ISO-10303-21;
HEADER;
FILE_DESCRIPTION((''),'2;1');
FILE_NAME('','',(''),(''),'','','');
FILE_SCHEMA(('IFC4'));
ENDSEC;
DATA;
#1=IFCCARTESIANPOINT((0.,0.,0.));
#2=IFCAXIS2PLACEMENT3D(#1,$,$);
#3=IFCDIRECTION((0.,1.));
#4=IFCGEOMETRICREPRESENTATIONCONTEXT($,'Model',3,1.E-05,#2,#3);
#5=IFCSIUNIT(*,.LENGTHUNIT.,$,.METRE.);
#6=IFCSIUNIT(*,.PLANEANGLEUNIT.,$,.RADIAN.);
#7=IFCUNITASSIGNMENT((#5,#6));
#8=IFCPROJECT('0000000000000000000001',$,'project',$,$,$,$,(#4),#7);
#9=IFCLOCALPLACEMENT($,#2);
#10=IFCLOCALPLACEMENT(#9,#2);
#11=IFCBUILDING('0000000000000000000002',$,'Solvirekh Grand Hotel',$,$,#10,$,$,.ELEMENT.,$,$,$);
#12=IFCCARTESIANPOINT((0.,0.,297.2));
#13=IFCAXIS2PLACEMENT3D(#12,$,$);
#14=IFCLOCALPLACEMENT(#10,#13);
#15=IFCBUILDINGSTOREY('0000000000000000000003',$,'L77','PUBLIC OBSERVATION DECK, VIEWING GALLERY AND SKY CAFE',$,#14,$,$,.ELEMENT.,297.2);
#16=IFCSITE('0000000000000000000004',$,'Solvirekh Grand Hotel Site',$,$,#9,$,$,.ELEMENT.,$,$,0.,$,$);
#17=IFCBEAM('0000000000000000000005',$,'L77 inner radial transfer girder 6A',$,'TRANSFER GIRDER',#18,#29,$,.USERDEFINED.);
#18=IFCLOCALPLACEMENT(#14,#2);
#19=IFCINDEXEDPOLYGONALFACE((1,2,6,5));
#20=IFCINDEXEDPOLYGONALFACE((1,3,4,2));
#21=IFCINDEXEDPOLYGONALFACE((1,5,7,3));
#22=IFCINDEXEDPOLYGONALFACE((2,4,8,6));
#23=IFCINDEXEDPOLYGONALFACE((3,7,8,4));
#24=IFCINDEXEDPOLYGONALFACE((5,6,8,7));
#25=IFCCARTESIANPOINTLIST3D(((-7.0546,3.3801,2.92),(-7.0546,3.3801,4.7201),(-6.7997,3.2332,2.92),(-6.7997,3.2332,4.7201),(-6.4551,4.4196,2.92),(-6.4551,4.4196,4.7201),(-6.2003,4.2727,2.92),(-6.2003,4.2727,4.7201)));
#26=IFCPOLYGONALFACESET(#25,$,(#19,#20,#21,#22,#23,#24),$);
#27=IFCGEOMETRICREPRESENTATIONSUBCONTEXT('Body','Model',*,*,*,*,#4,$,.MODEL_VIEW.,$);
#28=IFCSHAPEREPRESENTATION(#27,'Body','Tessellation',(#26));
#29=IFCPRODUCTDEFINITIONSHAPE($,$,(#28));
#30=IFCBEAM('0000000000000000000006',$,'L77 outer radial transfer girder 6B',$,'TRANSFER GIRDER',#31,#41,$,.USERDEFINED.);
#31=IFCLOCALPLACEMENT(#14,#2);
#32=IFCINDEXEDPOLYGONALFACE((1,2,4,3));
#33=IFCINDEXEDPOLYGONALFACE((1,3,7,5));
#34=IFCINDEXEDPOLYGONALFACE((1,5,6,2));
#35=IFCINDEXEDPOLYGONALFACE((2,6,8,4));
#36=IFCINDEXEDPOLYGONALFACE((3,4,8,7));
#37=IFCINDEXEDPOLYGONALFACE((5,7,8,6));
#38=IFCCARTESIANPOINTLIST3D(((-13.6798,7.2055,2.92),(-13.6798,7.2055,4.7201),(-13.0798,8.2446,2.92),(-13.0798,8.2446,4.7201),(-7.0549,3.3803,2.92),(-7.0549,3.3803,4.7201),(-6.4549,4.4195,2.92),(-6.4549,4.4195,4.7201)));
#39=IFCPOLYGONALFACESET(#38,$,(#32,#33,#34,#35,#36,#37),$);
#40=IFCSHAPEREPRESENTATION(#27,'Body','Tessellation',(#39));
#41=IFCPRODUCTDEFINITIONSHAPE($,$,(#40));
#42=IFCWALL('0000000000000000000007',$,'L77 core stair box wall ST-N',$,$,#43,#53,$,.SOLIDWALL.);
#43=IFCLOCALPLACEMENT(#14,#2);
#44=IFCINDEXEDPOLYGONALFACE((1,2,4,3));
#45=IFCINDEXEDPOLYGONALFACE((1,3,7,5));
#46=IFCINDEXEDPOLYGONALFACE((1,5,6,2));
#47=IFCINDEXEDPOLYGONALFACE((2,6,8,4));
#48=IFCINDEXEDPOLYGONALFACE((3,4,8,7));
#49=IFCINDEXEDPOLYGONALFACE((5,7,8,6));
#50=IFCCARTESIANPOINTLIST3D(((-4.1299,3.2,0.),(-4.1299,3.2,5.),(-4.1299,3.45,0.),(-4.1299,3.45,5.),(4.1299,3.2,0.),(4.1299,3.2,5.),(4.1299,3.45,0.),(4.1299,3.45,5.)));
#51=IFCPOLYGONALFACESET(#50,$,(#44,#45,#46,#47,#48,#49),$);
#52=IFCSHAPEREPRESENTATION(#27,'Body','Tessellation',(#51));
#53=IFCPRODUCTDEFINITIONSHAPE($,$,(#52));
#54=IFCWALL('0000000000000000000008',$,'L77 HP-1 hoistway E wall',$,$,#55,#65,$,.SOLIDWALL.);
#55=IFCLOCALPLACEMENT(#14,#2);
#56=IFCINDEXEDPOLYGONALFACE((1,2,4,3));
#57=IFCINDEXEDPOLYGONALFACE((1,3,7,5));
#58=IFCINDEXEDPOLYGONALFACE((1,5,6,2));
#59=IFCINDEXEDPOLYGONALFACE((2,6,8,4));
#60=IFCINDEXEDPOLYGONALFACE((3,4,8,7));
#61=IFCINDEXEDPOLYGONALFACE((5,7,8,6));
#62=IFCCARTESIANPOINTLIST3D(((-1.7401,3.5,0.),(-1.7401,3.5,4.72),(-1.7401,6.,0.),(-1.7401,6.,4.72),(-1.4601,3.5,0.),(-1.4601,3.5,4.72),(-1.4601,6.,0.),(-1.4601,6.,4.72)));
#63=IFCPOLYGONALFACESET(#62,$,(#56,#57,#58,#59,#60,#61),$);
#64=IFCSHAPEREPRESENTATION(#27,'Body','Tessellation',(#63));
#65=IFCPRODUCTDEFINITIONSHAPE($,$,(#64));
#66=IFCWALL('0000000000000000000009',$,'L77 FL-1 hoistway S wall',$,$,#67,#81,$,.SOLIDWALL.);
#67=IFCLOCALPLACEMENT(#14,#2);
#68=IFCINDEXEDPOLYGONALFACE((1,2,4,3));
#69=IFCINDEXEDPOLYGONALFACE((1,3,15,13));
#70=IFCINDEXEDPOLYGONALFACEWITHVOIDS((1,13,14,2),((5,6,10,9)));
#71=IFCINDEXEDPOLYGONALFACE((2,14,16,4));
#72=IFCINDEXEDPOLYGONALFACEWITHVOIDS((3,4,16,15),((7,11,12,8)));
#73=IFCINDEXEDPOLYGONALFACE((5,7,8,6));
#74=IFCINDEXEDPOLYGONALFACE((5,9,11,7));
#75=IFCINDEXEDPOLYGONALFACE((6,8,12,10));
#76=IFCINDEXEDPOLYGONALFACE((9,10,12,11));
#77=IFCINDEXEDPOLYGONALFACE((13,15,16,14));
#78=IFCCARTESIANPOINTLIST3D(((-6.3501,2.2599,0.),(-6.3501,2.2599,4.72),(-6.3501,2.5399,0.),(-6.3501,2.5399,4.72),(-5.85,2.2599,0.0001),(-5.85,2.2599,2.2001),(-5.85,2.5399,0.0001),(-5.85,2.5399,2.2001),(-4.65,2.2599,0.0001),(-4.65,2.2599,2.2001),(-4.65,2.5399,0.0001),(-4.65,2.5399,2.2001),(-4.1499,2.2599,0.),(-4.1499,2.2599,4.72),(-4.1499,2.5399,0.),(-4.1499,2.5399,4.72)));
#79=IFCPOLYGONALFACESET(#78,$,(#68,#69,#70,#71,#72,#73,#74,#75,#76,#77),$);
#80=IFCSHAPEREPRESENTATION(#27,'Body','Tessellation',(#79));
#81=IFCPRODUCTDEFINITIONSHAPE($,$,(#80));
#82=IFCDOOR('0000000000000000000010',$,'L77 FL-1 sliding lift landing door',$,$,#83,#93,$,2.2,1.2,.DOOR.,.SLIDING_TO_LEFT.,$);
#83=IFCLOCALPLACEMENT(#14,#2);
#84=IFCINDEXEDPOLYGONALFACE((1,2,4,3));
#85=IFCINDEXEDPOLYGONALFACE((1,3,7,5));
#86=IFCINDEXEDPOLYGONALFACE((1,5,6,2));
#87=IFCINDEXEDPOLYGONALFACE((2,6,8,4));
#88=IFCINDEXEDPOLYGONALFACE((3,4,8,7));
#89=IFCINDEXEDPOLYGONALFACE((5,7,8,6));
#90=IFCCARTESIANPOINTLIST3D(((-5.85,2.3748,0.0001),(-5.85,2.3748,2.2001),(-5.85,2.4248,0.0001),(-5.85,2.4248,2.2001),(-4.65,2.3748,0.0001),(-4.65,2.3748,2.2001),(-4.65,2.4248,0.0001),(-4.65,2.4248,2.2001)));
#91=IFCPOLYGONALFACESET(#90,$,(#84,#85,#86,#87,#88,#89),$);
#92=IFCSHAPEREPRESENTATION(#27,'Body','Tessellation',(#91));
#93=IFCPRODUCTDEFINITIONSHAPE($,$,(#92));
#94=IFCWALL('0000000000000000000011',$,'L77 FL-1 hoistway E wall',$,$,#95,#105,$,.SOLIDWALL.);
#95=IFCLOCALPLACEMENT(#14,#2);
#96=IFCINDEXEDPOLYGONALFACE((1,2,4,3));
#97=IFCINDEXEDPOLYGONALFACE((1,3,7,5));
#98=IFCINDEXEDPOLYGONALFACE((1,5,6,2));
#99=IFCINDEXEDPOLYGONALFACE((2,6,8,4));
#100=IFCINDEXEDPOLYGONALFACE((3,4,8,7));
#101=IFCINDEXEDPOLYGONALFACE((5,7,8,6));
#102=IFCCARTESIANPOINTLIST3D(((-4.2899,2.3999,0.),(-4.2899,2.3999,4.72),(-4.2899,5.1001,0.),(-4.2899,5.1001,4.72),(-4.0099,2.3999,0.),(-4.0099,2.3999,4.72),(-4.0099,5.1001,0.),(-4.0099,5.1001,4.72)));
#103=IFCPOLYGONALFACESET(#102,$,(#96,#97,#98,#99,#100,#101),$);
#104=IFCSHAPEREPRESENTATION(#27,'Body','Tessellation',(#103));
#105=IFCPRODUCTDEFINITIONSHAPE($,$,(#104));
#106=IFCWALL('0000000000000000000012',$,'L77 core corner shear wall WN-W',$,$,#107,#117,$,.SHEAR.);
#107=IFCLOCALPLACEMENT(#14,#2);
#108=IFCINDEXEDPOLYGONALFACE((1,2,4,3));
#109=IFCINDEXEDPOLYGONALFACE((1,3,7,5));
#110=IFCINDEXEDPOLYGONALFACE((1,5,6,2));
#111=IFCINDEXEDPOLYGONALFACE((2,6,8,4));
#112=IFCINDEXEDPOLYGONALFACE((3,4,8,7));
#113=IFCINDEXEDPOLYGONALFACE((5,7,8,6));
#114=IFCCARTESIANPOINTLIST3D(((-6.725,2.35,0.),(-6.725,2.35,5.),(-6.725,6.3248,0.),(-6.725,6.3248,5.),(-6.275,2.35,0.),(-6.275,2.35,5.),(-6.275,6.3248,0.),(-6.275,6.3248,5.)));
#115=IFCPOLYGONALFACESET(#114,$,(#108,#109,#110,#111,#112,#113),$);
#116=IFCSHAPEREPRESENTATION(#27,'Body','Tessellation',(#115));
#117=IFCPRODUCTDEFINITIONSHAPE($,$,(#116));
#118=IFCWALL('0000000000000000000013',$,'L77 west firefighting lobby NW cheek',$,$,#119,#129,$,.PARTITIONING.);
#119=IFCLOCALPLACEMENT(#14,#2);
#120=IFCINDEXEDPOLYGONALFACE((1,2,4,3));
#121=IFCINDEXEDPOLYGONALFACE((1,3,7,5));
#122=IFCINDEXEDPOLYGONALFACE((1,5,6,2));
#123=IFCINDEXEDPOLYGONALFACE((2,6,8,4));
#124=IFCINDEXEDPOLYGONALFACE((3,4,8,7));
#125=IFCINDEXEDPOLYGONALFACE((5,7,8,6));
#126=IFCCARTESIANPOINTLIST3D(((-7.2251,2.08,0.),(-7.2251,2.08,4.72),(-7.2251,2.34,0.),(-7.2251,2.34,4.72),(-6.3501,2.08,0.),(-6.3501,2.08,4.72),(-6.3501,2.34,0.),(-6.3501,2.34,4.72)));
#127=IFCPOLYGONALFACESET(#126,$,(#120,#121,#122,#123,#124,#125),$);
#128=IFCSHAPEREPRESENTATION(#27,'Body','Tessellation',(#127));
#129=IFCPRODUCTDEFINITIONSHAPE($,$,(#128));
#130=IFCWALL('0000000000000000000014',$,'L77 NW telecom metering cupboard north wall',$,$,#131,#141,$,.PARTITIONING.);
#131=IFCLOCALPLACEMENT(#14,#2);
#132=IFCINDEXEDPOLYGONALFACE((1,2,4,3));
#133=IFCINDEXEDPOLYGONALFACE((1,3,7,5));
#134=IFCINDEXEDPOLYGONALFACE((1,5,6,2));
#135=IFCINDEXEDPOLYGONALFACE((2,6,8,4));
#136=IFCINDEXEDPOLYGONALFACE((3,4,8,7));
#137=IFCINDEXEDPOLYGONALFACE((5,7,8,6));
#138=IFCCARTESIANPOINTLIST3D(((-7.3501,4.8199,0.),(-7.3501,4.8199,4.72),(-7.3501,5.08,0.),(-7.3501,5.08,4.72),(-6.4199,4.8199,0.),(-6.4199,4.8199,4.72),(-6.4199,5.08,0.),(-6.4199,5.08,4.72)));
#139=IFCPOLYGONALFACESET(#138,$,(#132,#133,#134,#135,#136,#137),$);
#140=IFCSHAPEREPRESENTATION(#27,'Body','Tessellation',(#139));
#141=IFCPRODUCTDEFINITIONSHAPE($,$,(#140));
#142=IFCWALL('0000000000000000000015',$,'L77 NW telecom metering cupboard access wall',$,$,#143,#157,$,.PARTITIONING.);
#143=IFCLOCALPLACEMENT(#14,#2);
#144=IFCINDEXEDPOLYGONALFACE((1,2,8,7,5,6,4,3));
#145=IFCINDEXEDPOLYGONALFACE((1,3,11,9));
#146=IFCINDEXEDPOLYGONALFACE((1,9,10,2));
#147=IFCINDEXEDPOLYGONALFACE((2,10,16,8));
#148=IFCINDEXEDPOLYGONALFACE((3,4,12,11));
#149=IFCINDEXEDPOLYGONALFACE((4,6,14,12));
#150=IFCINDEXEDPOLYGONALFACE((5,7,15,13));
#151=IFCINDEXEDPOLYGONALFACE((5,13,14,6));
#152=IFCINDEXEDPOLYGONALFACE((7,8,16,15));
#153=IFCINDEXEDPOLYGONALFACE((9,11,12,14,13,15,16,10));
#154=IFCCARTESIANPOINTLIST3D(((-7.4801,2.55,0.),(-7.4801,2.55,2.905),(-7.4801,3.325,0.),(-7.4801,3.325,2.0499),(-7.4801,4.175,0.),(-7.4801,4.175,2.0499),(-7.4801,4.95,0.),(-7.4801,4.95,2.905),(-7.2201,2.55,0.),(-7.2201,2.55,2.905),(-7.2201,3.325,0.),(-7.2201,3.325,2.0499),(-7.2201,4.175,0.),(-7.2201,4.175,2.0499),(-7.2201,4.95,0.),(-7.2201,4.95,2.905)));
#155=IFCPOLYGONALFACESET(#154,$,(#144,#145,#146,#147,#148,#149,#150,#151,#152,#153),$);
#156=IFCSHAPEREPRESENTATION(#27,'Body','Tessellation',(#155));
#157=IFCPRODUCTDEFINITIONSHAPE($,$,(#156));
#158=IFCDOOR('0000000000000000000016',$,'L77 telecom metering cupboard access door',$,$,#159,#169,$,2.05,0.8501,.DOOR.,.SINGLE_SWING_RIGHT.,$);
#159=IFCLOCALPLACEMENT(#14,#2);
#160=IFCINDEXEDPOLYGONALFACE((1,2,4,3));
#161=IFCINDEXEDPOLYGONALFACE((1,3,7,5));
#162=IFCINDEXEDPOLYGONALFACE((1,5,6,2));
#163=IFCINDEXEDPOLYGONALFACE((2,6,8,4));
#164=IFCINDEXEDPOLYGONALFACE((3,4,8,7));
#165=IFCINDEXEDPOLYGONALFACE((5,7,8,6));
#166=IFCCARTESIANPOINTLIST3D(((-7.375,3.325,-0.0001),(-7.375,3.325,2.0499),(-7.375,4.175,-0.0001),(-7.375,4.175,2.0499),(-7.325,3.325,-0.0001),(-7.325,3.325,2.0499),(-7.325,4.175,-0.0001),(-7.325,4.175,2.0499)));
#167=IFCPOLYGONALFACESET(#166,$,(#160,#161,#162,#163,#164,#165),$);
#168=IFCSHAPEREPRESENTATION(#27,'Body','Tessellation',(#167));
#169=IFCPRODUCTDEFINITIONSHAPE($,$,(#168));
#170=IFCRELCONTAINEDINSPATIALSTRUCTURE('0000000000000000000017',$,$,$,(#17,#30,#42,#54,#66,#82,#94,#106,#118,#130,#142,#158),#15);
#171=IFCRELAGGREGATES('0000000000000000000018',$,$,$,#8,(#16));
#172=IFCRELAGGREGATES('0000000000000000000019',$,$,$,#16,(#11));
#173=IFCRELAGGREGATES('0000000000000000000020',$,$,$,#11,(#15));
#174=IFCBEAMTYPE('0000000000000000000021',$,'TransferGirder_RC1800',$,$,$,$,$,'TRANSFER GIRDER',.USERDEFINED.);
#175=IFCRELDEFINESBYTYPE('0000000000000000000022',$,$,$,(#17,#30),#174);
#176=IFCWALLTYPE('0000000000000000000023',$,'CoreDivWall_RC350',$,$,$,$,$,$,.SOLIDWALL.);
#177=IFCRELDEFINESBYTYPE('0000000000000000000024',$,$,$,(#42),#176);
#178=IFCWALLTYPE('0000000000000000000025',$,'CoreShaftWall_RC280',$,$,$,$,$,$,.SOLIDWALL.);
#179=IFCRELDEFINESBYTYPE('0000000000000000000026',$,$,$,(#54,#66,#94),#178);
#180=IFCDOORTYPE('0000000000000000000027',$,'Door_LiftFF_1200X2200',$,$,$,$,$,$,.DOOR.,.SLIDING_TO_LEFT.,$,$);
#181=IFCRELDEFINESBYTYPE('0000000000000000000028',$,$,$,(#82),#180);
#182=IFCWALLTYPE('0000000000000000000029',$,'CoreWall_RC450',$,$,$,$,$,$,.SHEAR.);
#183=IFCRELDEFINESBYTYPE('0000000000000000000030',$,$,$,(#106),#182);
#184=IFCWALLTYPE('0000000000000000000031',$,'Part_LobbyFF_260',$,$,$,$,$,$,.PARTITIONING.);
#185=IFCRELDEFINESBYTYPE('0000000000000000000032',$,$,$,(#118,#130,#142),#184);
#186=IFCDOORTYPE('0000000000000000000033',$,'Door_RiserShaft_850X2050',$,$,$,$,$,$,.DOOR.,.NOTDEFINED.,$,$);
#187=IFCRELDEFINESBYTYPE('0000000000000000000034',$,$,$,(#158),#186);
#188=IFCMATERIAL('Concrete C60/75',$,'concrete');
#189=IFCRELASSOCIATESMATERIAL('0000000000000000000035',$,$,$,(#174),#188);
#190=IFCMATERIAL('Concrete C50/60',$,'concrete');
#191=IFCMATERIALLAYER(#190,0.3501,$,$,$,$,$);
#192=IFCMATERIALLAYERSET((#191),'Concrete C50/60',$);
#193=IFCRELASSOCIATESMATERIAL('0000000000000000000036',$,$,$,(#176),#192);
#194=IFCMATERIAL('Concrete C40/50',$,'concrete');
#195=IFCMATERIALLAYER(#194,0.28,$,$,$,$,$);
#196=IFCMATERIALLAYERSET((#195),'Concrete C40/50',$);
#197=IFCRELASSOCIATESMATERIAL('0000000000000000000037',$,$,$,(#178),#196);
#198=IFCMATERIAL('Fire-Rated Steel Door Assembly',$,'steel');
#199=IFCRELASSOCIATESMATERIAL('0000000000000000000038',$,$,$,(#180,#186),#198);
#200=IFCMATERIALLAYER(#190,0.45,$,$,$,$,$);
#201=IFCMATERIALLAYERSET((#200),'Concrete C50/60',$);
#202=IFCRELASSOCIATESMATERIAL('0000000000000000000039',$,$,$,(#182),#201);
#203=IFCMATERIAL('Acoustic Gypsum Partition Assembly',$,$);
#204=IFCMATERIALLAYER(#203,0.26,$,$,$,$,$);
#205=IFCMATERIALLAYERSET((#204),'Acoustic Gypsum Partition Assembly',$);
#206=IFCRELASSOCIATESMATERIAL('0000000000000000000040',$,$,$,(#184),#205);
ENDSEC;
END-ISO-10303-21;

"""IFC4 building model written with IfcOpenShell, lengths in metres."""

from ifc_helpers import new_model, si_unit, direction, frame, frame_2d, origin, origin_2d, place, context, subcontext, project, spatial, rectangle, extrude, material, layer, layer_set, material_profile, profile_set, type_object, element, fill, save


model = new_model("IFC4")

# Units and contexts
model_context = context("Model", 3, precision=1e-05, world=origin(), true_north=direction((0.0, 1.0)))
body_context = subcontext(model_context, "Body", "Model", "MODEL_VIEW")
ifc_project = project(units=[si_unit("LENGTHUNIT", "METRE"), si_unit("PLANEANGLEUNIT", "RADIAN")], contexts=[model_context])

# Site, building, storey
site_placement = place(None, origin())
site = spatial("IfcSite", under=ifc_project, at=site_placement, Name="Solvirekh Grand Hotel Site", CompositionType="ELEMENT", RefElevation=0.0)
building_placement = place(site_placement, origin())
building = spatial("IfcBuilding", under=site, at=building_placement, Name="Solvirekh Grand Hotel", CompositionType="ELEMENT")
storey_placement = place(building_placement, frame((0.0, 0.0, 297.2)))
storey = spatial("IfcBuildingStorey", under=building, at=storey_placement, Name="L77", Description="PUBLIC OBSERVATION DECK, VIEWING GALLERY AND SKY CAFE", CompositionType="ELEMENT", Elevation=297.2)

# Beams
ifc_material_1 = material(Name="Concrete C60/75", Category="concrete")
ifc_material_profile = material_profile(ifc_material_1, rectangle(XDim=1.2, YDim=1.8, at=origin_2d()), Name="RC GIRDER 1200X1800")
ifc_profile_set = profile_set([ifc_material_profile], Name="Concrete C60/75")
beam_type = type_object("IfcBeamType", Name="TransferGirder_RC1800", ElementType="TRANSFER GIRDER", PredefinedType="USERDEFINED", material=ifc_profile_set)
beam_1_placement = place(storey_placement, frame((-6.5, 3.7529, 3.8201), z_axis=(-0.866296, 0.499531, 0.0), x_axis=(-0.499531, -0.866296, 0.0)))
element("IfcBeam", 1, at=beam_1_placement, inside=storey, type_object=beam_type, Name="L77 inner radial transfer girder 6A", ObjectType="TRANSFER GIRDER", PredefinedType="USERDEFINED", context=body_context, shape_type="SweptSolid", body=[
    extrude(rectangle(XDim=1.2, YDim=1.8, at=origin_2d()), origin(), (0.0, 0.0, 1.0), 0.2942),
])
beam_2_placement = place(storey_placement, frame((-6.7549, 3.8999, 3.8201), z_axis=(-0.866011, 0.500024, 0.0), x_axis=(-0.500024, -0.866011, 0.0)))
element("IfcBeam", 2, at=beam_2_placement, inside=storey, type_object=beam_type, Name="L77 outer radial transfer girder 6B", ObjectType="TRANSFER GIRDER", PredefinedType="USERDEFINED", context=body_context, shape_type="SweptSolid", body=[
    extrude(rectangle(XDim=1.2, YDim=1.8, at=origin_2d()), origin(), (0.0, 0.0, 1.0), 7.6499),
])

# Walls
ifc_material_2 = material(Name="Concrete C50/60", Category="concrete")
ifc_layer_1 = layer(ifc_material_2, 0.3501)
ifc_layer_set_1 = layer_set([ifc_layer_1], Name="Concrete C50/60")
wall_type_1 = type_object("IfcWallType", Name="CoreDivWall_RC350", PredefinedType="SOLIDWALL", material=ifc_layer_set_1)
wall_1_placement = place(storey_placement, frame((-4.1299, 3.325, 0.0), z_axis=(0.0, 0.0, 1.0), x_axis=(1.0, 0.0, 0.0)))
element("IfcWall", 3, at=wall_1_placement, inside=storey, type_object=wall_type_1, Name="L77 core stair box wall ST-N", PredefinedType="SOLIDWALL", context=body_context, shape_type="SweptSolid", body=[
    extrude(rectangle(XDim=8.2598, YDim=0.25, at=frame_2d((4.1299, 0.0))), origin(), (0.0, 0.0, 1.0), 5.0),
])
ifc_material_3 = material(Name="Concrete C40/50", Category="concrete")
ifc_layer_2 = layer(ifc_material_3, 0.28)
ifc_layer_set_2 = layer_set([ifc_layer_2], Name="Concrete C40/50")
wall_type_2 = type_object("IfcWallType", Name="CoreShaftWall_RC280", PredefinedType="SOLIDWALL", material=ifc_layer_set_2)
wall_2_placement = place(storey_placement, frame((-1.6001, 3.5, 0.0), z_axis=(0.0, 0.0, 1.0), x_axis=(0.0, 1.0, 0.0)))
element("IfcWall", 4, at=wall_2_placement, inside=storey, type_object=wall_type_2, Name="L77 HP-1 hoistway E wall", PredefinedType="SOLIDWALL", context=body_context, shape_type="SweptSolid", body=[
    extrude(rectangle(XDim=2.5, YDim=0.28, at=frame_2d((1.25, 0.0))), origin(), (0.0, 0.0, 1.0), 4.72),
])

# Wall, opening, door
wall_3_placement = place(storey_placement, frame((-6.3501, 2.3999, 0.0), z_axis=(0.0, 0.0, 1.0), x_axis=(1.0, 0.0, 0.0)))
wall_3 = element("IfcWall", 5, at=wall_3_placement, inside=storey, type_object=wall_type_2, Name="L77 FL-1 hoistway S wall", PredefinedType="SOLIDWALL", context=body_context, shape_type="SweptSolid", body=[
    extrude(rectangle(XDim=2.2002, YDim=0.28, at=frame_2d((1.1001, 0.0))), origin(), (0.0, 0.0, 1.0), 4.72),
])
opening_1_placement = place(wall_3_placement, frame((0.5, 0.0, 0.0)))
opening_1 = element("IfcOpeningElement", 6, at=opening_1_placement, cuts=wall_3, PredefinedType="OPENING", context=body_context, shape_type="SweptSolid", body=[
    extrude(rectangle(XDim=1.2, YDim=2.2, at=frame_2d((0.6001, 1.1001))), frame((0.0, 0.1499, 0.0), z_axis=(0.0, -1.0, 0.0), x_axis=(1.0, 0.0, 0.0)), (0.0, 0.0, 1.0), 0.3),
])
ifc_material_4 = material(Name="Fire-Rated Steel Door Assembly", Category="steel")
door_type_1 = type_object("IfcDoorType", Name="Door_LiftFF_1200X2200", OperationType="SLIDING_TO_LEFT", PredefinedType="DOOR", material=ifc_material_4)
door_1_placement = place(opening_1_placement, origin())
door_1 = element("IfcDoor", 7, at=door_1_placement, inside=storey, type_object=door_type_1, Name="L77 FL-1 sliding lift landing door", OperationType="SLIDING_TO_LEFT", OverallHeight=2.2, OverallWidth=1.2, PredefinedType="DOOR", context=body_context, shape_type="SweptSolid", body=[
    extrude(rectangle(XDim=1.2, YDim=2.2, at=frame_2d((0.6001, 1.1001))), frame((0.0, 0.0249, 0.0), z_axis=(0.0, -1.0, 0.0), x_axis=(1.0, 0.0, 0.0)), (0.0, 0.0, 1.0), 0.05),
])
fill(opening_1, door_1)

# Walls
wall_4_placement = place(storey_placement, frame((-4.1499, 2.3999, 0.0), z_axis=(0.0, 0.0, 1.0), x_axis=(0.0, 1.0, 0.0)))
element("IfcWall", 8, at=wall_4_placement, inside=storey, type_object=wall_type_2, Name="L77 FL-1 hoistway E wall", PredefinedType="SOLIDWALL", context=body_context, shape_type="SweptSolid", body=[
    extrude(rectangle(XDim=2.7002, YDim=0.28, at=frame_2d((1.3501, 0.0))), origin(), (0.0, 0.0, 1.0), 4.72),
])
ifc_layer_3 = layer(ifc_material_2, 0.45)
ifc_layer_set_3 = layer_set([ifc_layer_3], Name="Concrete C50/60")
wall_type_3 = type_object("IfcWallType", Name="CoreWall_RC450", PredefinedType="SHEAR", material=ifc_layer_set_3)
wall_5_placement = place(storey_placement, frame((-6.5, 2.3501, 0.0), z_axis=(0.0, 0.0, 1.0), x_axis=(0.0, 1.0, 0.0)))
element("IfcWall", 9, at=wall_5_placement, inside=storey, type_object=wall_type_3, Name="L77 core corner shear wall WN-W", PredefinedType="SHEAR", context=body_context, shape_type="SweptSolid", body=[
    extrude(rectangle(XDim=3.9749, YDim=0.45, at=frame_2d((1.9873, 0.0))), origin(), (0.0, 0.0, 1.0), 5.0),
])
ifc_material_5 = material(Name="Acoustic Gypsum Partition Assembly")
ifc_layer_4 = layer(ifc_material_5, 0.26)
ifc_layer_set_4 = layer_set([ifc_layer_4], Name="Acoustic Gypsum Partition Assembly")
wall_type_4 = type_object("IfcWallType", Name="Part_LobbyFF_260", PredefinedType="PARTITIONING", material=ifc_layer_set_4)
wall_6_placement = place(storey_placement, frame((-7.2251, 2.21, 0.0), z_axis=(0.0, 0.0, 1.0), x_axis=(1.0, 0.0, 0.0)))
element("IfcWall", 10, at=wall_6_placement, inside=storey, type_object=wall_type_4, Name="L77 west firefighting lobby NW cheek", PredefinedType="PARTITIONING", context=body_context, shape_type="SweptSolid", body=[
    extrude(rectangle(XDim=0.875, YDim=0.26, at=frame_2d((0.4375, 0.0))), origin(), (0.0, 0.0, 1.0), 4.72),
])
wall_7_placement = place(storey_placement, frame((-7.3501, 4.95, 0.0), z_axis=(0.0, 0.0, 1.0), x_axis=(1.0, 0.0, 0.0)))
element("IfcWall", 11, at=wall_7_placement, inside=storey, type_object=wall_type_4, Name="L77 NW telecom metering cupboard north wall", PredefinedType="PARTITIONING", context=body_context, shape_type="SweptSolid", body=[
    extrude(rectangle(XDim=0.9302, YDim=0.26, at=frame_2d((0.4651, 0.0))), origin(), (0.0, 0.0, 1.0), 4.72),
])

# Wall, opening, door
wall_8_placement = place(storey_placement, frame((-7.3501, 2.55, 0.0), z_axis=(0.0, 0.0, 1.0), x_axis=(0.0, 1.0, 0.0)))
wall_8 = element("IfcWall", 12, at=wall_8_placement, inside=storey, type_object=wall_type_4, Name="L77 NW telecom metering cupboard access wall", PredefinedType="PARTITIONING", context=body_context, shape_type="SweptSolid", body=[
    extrude(rectangle(XDim=2.3999, YDim=0.26, at=frame_2d((1.2, 0.0))), origin(), (0.0, 0.0, 1.0), 2.905),
])
opening_2_placement = place(wall_8_placement, frame((0.7749, 0.0, 0.0)))
opening_2 = element("IfcOpeningElement", 13, at=opening_2_placement, cuts=wall_8, PredefinedType="OPENING", context=body_context, shape_type="SweptSolid", body=[
    extrude(rectangle(XDim=0.8501, YDim=2.05, at=frame_2d((0.425, 1.0249))), frame((0.0, 0.1401, 0.0), z_axis=(0.0, -1.0, 0.0), x_axis=(1.0, 0.0, 0.0)), (0.0, 0.0, 1.0), 0.28),
])
door_type_2 = type_object("IfcDoorType", Name="Door_RiserShaft_850X2050", OperationType="NOTDEFINED", PredefinedType="DOOR", material=ifc_material_4)
door_2_placement = place(opening_2_placement, origin())
door_2 = element("IfcDoor", 14, at=door_2_placement, inside=storey, type_object=door_type_2, Name="L77 telecom metering cupboard access door", OperationType="SINGLE_SWING_RIGHT", OverallHeight=2.05, OverallWidth=0.8501, PredefinedType="DOOR", context=body_context, shape_type="SweptSolid", body=[
    extrude(rectangle(XDim=0.8501, YDim=2.05, at=frame_2d((0.425, 1.0249))), frame((0.0, 0.0249, 0.0), z_axis=(0.0, -1.0, 0.0), x_axis=(1.0, 0.0, 0.0)), (0.0, 0.0, 1.0), 0.05),
])
fill(opening_2, door_2)

save(model, "model.ifc")
